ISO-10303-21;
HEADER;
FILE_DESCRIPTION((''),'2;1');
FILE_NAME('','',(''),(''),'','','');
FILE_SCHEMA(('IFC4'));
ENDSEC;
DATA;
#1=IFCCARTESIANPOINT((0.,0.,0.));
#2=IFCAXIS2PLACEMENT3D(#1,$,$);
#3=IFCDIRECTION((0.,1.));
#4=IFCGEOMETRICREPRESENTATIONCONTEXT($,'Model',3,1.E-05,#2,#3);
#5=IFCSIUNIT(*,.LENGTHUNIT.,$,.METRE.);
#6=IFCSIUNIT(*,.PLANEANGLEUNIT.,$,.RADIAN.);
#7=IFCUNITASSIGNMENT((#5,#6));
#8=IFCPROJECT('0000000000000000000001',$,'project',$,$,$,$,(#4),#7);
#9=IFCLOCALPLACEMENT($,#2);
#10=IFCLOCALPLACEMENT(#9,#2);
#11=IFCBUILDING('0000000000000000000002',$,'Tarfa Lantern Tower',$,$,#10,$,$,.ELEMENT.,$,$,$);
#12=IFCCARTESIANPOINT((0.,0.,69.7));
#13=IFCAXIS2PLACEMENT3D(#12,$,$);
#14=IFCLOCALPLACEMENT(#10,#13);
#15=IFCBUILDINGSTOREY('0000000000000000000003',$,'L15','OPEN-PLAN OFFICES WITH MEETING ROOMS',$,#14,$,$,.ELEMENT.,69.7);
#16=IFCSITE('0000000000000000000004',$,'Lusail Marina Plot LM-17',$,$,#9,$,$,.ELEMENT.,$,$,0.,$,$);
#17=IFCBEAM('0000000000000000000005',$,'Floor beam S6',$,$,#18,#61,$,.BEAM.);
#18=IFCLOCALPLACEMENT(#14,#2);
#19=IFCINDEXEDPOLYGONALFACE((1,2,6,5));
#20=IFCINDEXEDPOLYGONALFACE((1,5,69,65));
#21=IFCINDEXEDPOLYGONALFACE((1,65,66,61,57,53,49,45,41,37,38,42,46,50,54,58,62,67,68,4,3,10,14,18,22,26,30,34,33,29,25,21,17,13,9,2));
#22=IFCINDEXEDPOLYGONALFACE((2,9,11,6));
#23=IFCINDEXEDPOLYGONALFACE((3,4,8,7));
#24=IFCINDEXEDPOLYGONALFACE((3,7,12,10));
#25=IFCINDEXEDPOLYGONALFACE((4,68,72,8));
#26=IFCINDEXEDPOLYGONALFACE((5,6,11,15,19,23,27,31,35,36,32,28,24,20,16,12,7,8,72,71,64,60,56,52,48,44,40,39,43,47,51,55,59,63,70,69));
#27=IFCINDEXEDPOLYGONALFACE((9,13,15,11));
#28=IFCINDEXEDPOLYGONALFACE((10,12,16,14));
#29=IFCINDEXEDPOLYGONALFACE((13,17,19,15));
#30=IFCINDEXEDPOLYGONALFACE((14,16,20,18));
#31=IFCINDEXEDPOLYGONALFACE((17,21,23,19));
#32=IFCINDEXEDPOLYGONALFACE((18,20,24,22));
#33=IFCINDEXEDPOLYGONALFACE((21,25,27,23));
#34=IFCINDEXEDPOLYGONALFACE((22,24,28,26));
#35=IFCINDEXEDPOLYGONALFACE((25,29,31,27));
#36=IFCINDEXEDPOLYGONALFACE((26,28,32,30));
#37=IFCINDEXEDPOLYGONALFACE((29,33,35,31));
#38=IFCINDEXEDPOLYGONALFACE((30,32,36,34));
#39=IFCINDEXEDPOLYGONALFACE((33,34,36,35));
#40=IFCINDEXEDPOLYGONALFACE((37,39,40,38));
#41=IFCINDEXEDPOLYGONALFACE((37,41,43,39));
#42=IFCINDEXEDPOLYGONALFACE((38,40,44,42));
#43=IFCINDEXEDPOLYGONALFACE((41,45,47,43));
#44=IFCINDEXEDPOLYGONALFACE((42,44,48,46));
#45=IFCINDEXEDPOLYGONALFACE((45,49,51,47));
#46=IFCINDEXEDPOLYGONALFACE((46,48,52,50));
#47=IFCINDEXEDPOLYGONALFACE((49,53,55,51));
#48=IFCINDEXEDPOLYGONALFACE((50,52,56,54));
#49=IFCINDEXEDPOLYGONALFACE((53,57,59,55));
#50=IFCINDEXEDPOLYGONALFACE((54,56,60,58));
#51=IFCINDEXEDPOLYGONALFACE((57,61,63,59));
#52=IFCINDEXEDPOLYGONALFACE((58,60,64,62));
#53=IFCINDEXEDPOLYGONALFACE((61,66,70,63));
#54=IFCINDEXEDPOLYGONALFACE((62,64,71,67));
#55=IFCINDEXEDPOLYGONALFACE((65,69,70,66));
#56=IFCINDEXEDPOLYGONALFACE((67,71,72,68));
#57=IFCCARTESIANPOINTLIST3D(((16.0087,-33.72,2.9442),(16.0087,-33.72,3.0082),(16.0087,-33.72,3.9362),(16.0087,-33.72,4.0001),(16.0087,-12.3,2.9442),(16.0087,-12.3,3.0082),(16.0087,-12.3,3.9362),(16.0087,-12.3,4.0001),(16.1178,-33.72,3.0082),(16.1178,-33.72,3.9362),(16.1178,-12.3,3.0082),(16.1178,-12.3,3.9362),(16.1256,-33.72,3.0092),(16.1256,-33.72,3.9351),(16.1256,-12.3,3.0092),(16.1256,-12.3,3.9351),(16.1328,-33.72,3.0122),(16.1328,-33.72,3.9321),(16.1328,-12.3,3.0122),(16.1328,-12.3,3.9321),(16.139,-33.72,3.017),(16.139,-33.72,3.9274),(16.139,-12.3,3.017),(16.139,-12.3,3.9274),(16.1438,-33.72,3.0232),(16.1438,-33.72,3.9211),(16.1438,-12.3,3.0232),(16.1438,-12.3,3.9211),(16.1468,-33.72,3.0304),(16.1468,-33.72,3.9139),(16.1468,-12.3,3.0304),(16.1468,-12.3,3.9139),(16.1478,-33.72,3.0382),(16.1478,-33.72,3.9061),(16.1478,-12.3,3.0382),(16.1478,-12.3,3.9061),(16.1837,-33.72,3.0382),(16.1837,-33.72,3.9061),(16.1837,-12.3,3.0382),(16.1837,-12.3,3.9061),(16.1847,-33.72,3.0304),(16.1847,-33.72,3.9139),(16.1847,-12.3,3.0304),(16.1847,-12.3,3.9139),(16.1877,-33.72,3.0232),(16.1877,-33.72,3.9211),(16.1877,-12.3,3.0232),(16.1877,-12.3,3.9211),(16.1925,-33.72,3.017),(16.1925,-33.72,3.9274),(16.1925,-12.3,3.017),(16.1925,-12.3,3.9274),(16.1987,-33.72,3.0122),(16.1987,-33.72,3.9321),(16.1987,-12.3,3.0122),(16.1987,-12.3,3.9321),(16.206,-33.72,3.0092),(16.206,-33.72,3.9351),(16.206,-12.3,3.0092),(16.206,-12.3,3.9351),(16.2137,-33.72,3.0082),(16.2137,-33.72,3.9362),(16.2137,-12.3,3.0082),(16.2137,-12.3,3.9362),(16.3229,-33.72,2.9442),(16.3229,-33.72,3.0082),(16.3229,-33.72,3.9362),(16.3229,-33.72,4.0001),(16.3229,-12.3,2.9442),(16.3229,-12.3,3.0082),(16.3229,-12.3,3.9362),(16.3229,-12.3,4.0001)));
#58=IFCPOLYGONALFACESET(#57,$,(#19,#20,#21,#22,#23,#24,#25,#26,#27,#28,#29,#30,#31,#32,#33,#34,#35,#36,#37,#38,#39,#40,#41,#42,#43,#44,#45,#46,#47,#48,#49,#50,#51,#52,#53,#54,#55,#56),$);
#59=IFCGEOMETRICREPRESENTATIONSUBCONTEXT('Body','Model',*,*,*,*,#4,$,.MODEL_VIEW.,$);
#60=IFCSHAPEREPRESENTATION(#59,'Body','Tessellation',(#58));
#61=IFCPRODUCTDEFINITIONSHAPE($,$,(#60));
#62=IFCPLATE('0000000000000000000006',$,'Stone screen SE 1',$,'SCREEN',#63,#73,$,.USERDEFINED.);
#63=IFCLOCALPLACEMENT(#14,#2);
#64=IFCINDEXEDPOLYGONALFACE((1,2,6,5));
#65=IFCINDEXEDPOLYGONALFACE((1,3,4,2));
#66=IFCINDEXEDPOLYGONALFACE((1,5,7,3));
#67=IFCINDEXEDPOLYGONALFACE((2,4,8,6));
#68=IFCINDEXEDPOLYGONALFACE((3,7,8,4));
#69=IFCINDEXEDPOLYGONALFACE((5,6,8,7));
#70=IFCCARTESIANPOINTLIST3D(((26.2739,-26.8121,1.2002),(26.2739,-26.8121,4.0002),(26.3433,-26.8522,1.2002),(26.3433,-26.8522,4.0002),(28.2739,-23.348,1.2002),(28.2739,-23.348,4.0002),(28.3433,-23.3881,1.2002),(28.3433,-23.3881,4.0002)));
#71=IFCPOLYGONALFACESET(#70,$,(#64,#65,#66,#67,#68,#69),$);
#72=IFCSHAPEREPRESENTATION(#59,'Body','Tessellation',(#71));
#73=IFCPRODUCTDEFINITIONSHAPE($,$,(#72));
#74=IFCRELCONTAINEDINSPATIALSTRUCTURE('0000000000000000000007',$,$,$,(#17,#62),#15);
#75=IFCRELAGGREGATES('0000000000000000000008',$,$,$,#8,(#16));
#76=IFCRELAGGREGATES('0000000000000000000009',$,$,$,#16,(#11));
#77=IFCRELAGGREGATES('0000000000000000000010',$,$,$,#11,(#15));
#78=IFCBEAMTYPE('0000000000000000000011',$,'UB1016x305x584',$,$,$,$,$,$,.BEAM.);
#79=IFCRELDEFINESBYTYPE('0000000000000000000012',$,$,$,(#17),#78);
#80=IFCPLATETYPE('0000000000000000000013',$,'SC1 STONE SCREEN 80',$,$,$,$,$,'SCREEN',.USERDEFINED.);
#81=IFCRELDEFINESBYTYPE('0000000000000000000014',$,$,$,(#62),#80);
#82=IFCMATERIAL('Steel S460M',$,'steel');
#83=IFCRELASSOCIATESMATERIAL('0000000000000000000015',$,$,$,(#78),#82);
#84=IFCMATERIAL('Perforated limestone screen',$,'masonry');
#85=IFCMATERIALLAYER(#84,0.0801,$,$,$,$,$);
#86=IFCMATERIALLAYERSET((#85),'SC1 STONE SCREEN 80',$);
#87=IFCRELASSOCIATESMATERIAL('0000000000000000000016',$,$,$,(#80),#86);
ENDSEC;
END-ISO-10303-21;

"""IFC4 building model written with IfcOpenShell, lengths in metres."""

from ifc_helpers import new_model, si_unit, direction, frame, origin, origin_2d, place, context, subcontext, project, spatial, rectangle, i_section, extrude, material, layer, layer_set, material_profile, profile_set, type_object, element, save


model = new_model("IFC4")

# Units and contexts
model_context = context("Model", 3, precision=1e-05, world=origin(), true_north=direction((0.0, 1.0)))
body_context = subcontext(model_context, "Body", "Model", "MODEL_VIEW")
ifc_project = project(units=[si_unit("LENGTHUNIT", "METRE"), si_unit("PLANEANGLEUNIT", "RADIAN")], contexts=[model_context])

# Site, building, storey
site_placement = place(None, origin())
site = spatial("IfcSite", under=ifc_project, at=site_placement, Name="Lusail Marina Plot LM-17", CompositionType="ELEMENT", RefElevation=0.0)
building_placement = place(site_placement, origin())
building = spatial("IfcBuilding", under=site, at=building_placement, Name="Tarfa Lantern Tower", CompositionType="ELEMENT")
storey_placement = place(building_placement, frame((0.0, 0.0, 69.7)))
storey = spatial("IfcBuildingStorey", under=building, at=storey_placement, Name="L15", Description="OPEN-PLAN OFFICES WITH MEETING ROOMS", CompositionType="ELEMENT", Elevation=69.7)

# Beam
ifc_material_1 = material(Name="Steel S460M", Category="steel")
ifc_material_profile_1 = material_profile(ifc_material_1, i_section(OverallWidth=0.3142, OverallDepth=1.0559, WebThickness=0.0359, FlangeThickness=0.064, FilletRadius=0.03, at=origin_2d()), Name="UB1016x305x584")
ifc_profile_set_1 = profile_set([ifc_material_profile_1], Name="Steel S460M")
beam_type_1 = type_object("IfcBeamType", Name="UB1016x305x584", PredefinedType="BEAM", material=ifc_profile_set_1)
beam_1_placement = place(storey_placement, frame((16.1658, -33.72, 3.4722), z_axis=(0.0, 1.0, 0.0), x_axis=(-1.0, 0.0, 0.0)))
element("IfcBeam", 1, at=beam_1_placement, inside=storey, type_object=beam_type_1, Name="Floor beam S6", PredefinedType="BEAM", context=body_context, shape_type="SweptSolid", body=[
    extrude(i_section(OverallWidth=0.3142, OverallDepth=1.0559, WebThickness=0.0359, FlangeThickness=0.064, FilletRadius=0.03, at=origin_2d()), origin(), (0.0, 0.0, 1.0), 21.4199),
])

# Plate
ifc_material_2 = material(Name="Perforated limestone screen", Category="masonry")
ifc_layer_1 = layer(ifc_material_2, 0.0801)
ifc_layer_set_1 = layer_set([ifc_layer_1], Name="SC1 STONE SCREEN 80")
plate_type = type_object("IfcPlateType", Name="SC1 STONE SCREEN 80", ElementType="SCREEN", PredefinedType="USERDEFINED", material=ifc_layer_set_1)
plate_placement = place(storey_placement, frame((27.3086, -25.1001, 1.2002), z_axis=(0.0, 0.0, 1.0), x_axis=(0.5, 0.866025, 0.0)))
element("IfcPlate", 2, at=plate_placement, inside=storey, type_object=plate_type, Name="Stone screen SE 1", ObjectType="SCREEN", PredefinedType="USERDEFINED", context=body_context, shape_type="SweptSolid", body=[
    extrude(rectangle(XDim=4.0, YDim=0.0801, at=origin_2d()), origin(), (0.0, 0.0, 1.0), 2.8),
])

save(model, "model.ifc")
